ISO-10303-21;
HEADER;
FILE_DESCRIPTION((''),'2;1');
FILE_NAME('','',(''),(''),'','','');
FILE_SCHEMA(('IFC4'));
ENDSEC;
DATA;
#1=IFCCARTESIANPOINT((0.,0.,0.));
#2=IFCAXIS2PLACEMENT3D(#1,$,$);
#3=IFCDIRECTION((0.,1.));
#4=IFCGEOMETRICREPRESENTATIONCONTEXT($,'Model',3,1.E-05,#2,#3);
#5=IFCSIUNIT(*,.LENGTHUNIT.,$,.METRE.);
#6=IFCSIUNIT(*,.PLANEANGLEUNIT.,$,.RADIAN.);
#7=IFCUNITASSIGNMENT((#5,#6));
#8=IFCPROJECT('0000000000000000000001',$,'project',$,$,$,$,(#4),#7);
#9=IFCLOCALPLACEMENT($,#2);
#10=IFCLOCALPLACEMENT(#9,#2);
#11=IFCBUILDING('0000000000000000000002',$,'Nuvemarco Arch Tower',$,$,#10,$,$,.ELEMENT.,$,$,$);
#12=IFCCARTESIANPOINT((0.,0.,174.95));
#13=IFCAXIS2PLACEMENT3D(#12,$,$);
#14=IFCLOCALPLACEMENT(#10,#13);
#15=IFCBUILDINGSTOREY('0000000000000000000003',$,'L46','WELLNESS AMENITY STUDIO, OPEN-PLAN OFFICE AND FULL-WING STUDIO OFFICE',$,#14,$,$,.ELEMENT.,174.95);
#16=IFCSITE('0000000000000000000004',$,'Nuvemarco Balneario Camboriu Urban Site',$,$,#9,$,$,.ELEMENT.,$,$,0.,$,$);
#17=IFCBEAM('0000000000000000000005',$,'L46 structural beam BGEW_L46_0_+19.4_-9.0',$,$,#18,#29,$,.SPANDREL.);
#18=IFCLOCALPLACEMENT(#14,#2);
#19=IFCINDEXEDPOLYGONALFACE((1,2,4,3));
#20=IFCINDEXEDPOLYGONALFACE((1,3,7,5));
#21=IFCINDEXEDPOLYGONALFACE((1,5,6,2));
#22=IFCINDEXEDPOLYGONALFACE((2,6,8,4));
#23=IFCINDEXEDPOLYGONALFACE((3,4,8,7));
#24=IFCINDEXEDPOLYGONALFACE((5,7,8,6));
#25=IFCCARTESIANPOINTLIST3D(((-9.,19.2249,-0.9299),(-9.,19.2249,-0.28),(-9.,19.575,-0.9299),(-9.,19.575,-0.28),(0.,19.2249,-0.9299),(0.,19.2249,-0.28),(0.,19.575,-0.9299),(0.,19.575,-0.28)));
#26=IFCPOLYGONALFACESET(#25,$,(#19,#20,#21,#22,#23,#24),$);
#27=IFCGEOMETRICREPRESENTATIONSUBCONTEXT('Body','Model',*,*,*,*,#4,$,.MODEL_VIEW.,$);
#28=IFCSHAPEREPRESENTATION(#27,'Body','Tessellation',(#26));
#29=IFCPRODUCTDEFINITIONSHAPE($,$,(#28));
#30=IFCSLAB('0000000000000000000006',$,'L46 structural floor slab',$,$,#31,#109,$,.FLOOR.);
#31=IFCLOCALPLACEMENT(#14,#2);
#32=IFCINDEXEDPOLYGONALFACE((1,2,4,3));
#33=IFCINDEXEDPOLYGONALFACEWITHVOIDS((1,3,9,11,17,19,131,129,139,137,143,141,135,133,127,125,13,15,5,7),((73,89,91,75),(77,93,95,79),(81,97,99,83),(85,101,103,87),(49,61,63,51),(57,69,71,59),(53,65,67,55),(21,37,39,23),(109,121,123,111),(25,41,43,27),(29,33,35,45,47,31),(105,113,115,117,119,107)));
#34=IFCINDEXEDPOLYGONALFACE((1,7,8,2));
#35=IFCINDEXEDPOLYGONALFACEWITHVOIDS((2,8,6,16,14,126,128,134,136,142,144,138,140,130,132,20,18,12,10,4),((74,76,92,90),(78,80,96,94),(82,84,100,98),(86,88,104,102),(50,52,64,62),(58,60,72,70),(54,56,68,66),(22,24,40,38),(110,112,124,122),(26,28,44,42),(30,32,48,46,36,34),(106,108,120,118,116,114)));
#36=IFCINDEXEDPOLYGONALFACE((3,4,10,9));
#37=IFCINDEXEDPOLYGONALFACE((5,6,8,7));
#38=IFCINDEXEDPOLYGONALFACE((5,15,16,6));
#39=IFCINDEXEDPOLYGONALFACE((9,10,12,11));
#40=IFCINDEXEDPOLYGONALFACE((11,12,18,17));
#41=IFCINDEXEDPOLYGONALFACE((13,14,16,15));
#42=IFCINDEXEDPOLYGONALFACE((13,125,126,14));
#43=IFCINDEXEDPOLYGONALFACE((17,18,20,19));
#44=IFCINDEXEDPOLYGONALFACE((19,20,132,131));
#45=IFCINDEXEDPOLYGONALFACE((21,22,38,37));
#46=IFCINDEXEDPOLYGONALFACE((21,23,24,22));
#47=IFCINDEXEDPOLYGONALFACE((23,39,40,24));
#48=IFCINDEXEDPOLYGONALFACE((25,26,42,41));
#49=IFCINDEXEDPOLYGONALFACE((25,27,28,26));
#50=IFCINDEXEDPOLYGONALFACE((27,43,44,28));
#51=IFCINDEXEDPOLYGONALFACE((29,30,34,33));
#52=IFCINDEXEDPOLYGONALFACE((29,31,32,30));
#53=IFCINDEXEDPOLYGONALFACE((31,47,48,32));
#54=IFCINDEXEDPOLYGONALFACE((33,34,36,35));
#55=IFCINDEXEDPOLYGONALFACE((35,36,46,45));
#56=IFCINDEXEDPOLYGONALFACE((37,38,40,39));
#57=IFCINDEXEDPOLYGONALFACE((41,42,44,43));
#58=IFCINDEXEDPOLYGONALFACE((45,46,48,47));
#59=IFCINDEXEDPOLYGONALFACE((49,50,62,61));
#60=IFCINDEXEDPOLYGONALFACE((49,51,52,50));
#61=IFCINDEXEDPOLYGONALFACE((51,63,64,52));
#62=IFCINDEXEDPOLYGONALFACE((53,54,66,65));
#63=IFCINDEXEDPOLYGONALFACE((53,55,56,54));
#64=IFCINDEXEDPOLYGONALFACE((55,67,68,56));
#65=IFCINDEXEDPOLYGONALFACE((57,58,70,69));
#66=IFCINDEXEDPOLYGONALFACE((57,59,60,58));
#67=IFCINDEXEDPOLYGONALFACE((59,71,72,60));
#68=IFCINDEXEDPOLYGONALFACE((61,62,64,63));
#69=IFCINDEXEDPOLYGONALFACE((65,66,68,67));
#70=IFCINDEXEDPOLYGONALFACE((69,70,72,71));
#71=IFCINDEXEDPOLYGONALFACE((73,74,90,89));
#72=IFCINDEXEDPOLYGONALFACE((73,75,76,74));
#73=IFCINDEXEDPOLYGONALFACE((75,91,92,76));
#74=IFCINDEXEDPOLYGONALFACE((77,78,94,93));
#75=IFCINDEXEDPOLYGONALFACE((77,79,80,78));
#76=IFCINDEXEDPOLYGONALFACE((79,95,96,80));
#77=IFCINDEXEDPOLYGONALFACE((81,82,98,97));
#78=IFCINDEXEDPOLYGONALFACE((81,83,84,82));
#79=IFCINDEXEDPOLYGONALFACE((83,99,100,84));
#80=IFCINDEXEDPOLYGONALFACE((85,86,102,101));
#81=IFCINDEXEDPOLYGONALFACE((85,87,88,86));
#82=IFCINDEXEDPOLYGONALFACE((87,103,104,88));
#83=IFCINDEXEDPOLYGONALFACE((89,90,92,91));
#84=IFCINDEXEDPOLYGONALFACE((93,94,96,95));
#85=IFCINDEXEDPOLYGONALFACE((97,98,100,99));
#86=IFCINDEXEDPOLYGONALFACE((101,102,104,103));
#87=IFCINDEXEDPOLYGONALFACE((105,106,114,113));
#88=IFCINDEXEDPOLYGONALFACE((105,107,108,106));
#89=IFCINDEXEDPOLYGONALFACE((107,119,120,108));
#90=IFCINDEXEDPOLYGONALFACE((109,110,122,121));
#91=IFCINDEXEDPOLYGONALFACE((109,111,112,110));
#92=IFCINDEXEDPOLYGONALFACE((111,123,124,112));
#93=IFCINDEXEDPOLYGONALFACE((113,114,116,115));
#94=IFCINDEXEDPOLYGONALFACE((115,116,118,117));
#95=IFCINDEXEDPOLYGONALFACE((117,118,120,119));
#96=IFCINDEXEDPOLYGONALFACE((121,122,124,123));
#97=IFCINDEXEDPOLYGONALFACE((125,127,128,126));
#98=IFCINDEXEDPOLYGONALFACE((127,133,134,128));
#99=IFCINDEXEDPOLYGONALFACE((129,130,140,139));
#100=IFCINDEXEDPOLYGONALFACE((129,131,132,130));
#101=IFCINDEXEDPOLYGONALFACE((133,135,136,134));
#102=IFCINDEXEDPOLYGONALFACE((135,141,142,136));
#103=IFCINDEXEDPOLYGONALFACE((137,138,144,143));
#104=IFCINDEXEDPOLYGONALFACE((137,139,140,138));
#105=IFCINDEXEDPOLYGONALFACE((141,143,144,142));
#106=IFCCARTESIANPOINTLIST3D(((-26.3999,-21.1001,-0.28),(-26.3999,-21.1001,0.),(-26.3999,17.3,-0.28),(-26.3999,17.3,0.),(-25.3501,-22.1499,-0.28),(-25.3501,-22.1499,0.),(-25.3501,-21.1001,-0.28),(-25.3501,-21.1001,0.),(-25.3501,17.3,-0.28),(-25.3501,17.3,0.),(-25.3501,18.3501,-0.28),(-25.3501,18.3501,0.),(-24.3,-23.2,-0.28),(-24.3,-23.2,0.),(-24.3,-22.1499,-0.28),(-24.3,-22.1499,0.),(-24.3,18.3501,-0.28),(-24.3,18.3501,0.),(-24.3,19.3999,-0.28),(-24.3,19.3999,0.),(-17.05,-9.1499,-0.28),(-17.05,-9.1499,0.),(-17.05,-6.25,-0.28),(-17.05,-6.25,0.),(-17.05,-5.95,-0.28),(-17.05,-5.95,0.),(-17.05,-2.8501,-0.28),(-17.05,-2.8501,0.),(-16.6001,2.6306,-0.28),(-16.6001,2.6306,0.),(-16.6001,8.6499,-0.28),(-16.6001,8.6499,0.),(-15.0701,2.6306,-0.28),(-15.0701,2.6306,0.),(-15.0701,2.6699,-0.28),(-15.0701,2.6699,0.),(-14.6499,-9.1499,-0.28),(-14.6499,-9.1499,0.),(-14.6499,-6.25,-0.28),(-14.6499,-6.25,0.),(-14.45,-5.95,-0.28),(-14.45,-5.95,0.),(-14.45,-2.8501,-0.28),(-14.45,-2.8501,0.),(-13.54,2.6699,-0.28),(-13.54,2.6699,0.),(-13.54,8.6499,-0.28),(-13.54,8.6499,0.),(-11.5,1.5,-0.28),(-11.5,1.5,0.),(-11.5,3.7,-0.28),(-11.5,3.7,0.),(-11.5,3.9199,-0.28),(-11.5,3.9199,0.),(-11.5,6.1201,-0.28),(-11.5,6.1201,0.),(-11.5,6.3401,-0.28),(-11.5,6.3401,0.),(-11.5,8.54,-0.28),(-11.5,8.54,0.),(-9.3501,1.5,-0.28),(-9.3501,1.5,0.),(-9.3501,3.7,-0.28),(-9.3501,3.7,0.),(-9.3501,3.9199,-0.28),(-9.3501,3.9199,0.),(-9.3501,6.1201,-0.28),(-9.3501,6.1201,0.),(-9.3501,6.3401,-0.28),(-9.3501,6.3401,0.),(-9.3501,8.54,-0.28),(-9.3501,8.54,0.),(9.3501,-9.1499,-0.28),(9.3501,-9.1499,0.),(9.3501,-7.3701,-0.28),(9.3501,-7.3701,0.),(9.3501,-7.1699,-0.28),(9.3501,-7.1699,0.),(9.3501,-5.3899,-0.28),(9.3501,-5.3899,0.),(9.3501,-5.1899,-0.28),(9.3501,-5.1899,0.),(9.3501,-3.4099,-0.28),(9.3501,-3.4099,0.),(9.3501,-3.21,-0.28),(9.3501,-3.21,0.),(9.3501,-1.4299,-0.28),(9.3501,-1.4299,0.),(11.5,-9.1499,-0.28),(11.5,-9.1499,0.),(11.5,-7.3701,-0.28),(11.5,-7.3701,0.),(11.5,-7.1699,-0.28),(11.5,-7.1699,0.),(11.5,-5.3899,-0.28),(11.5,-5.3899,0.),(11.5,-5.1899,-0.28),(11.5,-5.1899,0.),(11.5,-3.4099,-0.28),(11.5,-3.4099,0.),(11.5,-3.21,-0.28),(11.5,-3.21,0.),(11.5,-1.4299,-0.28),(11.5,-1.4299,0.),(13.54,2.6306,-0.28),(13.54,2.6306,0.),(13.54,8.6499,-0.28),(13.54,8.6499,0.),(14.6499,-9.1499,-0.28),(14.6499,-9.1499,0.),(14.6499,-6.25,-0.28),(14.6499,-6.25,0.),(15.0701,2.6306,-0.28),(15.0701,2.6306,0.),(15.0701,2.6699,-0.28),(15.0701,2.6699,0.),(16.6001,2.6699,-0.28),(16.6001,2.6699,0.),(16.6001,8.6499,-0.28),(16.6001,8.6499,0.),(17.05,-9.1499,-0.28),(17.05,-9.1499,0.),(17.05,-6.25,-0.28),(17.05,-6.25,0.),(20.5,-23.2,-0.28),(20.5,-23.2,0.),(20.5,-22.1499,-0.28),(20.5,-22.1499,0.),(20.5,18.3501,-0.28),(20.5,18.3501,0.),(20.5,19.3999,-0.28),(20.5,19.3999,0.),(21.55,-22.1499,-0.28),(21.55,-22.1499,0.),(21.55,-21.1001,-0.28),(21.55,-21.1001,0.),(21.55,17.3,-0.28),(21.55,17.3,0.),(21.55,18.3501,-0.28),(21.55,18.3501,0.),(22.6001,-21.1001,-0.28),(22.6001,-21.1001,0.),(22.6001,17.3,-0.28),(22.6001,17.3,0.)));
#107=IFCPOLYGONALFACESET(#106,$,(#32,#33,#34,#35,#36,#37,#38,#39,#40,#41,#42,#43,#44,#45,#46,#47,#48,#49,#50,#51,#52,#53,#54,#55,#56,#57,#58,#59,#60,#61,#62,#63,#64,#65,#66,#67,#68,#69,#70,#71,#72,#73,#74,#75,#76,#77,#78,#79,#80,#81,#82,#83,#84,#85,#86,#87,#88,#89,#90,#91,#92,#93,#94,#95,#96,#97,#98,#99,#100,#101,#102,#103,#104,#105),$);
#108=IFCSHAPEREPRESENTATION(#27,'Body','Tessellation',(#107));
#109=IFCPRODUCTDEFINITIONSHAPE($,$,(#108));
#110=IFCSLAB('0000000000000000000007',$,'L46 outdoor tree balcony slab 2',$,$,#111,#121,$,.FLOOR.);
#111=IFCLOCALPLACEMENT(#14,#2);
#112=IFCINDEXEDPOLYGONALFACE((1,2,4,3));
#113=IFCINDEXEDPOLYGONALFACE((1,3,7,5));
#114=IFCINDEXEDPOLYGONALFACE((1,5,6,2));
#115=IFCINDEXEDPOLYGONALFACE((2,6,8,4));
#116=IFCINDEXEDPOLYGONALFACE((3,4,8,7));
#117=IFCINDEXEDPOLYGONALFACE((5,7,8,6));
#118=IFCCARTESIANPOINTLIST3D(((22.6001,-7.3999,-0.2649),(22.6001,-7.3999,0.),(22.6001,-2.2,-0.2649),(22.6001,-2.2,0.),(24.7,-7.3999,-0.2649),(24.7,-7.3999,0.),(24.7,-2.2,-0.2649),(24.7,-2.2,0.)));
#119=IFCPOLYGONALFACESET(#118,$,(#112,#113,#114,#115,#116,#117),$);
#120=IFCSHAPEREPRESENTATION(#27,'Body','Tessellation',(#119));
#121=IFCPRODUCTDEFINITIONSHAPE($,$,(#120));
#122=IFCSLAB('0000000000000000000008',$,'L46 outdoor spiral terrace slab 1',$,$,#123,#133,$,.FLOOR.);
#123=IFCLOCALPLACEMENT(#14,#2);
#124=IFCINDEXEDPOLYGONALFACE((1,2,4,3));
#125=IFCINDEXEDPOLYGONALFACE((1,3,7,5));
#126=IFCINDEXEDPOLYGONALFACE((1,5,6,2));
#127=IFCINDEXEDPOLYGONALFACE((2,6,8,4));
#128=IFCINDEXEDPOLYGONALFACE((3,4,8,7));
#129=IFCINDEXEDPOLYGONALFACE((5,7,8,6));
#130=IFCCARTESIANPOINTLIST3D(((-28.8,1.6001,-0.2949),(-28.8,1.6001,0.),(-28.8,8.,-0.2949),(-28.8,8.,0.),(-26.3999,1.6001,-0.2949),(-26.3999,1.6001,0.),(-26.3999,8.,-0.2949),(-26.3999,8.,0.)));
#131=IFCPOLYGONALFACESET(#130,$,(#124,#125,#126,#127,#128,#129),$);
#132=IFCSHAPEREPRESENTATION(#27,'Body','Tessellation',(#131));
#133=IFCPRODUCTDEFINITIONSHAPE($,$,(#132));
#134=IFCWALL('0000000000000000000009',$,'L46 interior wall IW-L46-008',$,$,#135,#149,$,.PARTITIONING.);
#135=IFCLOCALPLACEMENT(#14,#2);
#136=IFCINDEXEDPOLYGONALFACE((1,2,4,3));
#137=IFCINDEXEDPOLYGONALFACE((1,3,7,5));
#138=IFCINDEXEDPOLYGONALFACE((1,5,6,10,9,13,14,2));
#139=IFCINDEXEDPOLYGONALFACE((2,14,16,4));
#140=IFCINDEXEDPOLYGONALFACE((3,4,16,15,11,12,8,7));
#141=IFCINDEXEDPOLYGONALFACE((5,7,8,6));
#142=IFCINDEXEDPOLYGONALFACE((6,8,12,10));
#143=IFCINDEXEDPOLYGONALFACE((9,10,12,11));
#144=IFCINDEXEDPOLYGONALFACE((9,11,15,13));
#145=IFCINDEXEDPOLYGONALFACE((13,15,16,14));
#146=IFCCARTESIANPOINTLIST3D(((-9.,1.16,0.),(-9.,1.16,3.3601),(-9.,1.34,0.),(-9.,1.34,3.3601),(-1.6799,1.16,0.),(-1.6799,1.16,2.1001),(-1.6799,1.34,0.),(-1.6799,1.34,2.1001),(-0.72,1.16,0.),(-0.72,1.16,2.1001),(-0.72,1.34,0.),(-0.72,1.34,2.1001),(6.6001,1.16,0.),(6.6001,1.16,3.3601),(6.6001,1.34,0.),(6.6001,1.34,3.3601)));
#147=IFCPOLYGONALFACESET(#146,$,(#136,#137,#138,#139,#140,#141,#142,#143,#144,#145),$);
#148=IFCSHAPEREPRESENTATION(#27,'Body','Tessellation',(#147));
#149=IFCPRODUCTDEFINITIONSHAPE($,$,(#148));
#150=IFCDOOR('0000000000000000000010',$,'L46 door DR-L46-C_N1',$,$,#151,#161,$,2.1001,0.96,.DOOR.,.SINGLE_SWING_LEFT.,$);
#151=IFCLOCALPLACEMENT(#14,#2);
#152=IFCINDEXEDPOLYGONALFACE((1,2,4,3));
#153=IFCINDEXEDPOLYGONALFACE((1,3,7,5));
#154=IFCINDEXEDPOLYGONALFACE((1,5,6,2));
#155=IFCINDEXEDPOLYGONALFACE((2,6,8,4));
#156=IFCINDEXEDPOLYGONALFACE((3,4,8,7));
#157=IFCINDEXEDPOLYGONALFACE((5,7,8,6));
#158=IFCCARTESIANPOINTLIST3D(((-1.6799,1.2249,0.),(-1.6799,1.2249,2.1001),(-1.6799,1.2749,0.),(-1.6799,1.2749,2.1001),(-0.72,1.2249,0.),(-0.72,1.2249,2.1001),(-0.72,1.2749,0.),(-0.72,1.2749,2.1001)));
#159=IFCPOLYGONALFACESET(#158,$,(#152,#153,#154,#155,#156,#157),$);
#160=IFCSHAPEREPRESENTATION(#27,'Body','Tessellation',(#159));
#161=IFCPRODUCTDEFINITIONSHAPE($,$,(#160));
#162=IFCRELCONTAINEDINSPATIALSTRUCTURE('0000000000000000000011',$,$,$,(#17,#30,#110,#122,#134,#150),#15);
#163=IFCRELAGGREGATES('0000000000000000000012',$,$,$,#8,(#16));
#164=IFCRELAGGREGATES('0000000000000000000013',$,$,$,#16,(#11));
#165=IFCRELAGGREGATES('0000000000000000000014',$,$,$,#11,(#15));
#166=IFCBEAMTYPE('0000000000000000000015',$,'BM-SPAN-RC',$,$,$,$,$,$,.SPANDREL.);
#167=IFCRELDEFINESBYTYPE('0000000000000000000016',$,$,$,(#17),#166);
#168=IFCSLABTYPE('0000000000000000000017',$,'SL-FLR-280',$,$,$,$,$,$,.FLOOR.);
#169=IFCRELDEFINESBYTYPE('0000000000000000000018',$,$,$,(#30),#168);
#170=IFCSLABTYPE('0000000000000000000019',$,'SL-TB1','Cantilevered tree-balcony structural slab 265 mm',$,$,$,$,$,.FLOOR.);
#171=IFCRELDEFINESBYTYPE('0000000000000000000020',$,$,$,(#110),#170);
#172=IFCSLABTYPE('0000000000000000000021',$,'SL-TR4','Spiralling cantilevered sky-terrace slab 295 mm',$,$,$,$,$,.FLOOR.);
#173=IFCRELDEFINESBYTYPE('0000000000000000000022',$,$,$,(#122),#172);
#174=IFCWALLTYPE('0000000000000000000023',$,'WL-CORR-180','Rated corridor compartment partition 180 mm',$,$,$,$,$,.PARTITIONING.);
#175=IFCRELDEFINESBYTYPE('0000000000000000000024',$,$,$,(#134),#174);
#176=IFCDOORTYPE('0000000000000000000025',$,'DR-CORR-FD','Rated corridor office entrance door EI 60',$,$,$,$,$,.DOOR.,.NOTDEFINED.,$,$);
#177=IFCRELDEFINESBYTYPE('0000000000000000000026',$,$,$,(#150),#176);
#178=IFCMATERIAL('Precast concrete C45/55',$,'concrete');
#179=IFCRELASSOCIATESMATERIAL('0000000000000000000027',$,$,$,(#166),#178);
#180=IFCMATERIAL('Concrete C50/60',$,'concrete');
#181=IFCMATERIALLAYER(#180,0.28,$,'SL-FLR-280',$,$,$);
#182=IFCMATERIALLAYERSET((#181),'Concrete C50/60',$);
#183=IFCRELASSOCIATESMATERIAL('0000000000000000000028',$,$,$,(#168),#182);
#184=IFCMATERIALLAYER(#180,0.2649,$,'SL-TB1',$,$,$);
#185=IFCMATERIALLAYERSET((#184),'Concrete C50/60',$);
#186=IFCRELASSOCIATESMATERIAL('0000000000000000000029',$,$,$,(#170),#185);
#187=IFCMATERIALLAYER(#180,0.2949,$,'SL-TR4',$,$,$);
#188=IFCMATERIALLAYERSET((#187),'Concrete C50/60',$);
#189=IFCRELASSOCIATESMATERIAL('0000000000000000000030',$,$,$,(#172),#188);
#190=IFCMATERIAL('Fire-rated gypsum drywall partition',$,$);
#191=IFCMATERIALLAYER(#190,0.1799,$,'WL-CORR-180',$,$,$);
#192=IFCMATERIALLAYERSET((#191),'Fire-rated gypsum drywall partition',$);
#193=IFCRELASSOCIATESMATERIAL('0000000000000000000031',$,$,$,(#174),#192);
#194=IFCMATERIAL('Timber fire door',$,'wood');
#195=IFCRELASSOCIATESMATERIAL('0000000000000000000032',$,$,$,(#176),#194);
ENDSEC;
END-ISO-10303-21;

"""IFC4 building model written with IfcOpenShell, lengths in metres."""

from ifc_helpers import new_model, si_unit, direction, frame, frame_2d, origin, origin_2d, place, context, subcontext, project, spatial, polyline, rectangle, outline, extrude, source, transform, mapped, material, layer, layer_set, material_profile, profile_set, type_object, type_shapes, element, fill, save


model = new_model("IFC4")

# Units and contexts
model_context = context("Model", 3, precision=1e-05, world=origin(), true_north=direction((0.0, 1.0)))
body_context = subcontext(model_context, "Body", "Model", "MODEL_VIEW")
ifc_project = project(units=[si_unit("LENGTHUNIT", "METRE"), si_unit("PLANEANGLEUNIT", "RADIAN")], contexts=[model_context])

# Site, building, storey
site_placement = place(None, origin())
site = spatial("IfcSite", under=ifc_project, at=site_placement, Name="Nuvemarco Balneario Camboriu Urban Site", CompositionType="ELEMENT", RefElevation=0.0)
building_placement = place(site_placement, origin())
building = spatial("IfcBuilding", under=site, at=building_placement, Name="Nuvemarco Arch Tower", CompositionType="ELEMENT")
storey_placement = place(building_placement, frame((0.0, 0.0, 174.95)))
storey = spatial("IfcBuildingStorey", under=building, at=storey_placement, Name="L46", Description="WELLNESS AMENITY STUDIO, OPEN-PLAN OFFICE AND FULL-WING STUDIO OFFICE", CompositionType="ELEMENT", Elevation=174.95)

# Shared definitions
ifc_material_1 = material(Name="Concrete C50/60", Category="concrete")

# Beam
ifc_material_2 = material(Name="Precast concrete C45/55", Category="concrete")
ifc_material_profile_1 = material_profile(ifc_material_2, rectangle(XDim=0.3501, YDim=0.6499, at=origin_2d()), Name="PC-SP-350x650")
ifc_profile_set_1 = profile_set([ifc_material_profile_1], Name="Precast concrete C45/55")
beam_type_1 = type_object("IfcBeamType", Name="BM-SPAN-RC", PredefinedType="SPANDREL", material=ifc_profile_set_1)
beam_1_placement = place(storey_placement, frame((-9.0, 19.3999, -0.605), z_axis=(1.0, 0.0, 0.0), x_axis=(0.0, 1.0, 0.0)))
element("IfcBeam", 1, at=beam_1_placement, inside=storey, type_object=beam_type_1, Name="L46 structural beam BGEW_L46_0_+19.4_-9.0", PredefinedType="SPANDREL", context=body_context, shape_type="SweptSolid", body=[
    extrude(rectangle(XDim=0.3501, YDim=0.6499, at=origin_2d()), origin(), (0.0, 0.0, 1.0), 9.0),
])

# Slabs
ifc_layer_1 = layer(ifc_material_1, 0.28, Name="SL-FLR-280")
ifc_layer_set_1 = layer_set([ifc_layer_1], Name="Concrete C50/60")
slab_type_1 = type_object("IfcSlabType", Name="SL-FLR-280", PredefinedType="FLOOR", material=ifc_layer_set_1)
slab_1_placement = place(storey_placement, frame((0.0, 0.0, -0.28)))
element("IfcSlab", 2, at=slab_1_placement, inside=storey, type_object=slab_type_1, Name="L46 structural floor slab", PredefinedType="FLOOR", context=body_context, shape_type="SweptSolid", body=[
    extrude(outline(polyline([(-24.3, -23.2), (20.5, -23.2), (20.5, -22.1499), (21.55, -22.1499), (21.55, -21.1001), (22.6001, -21.1001), (22.6001, 17.3), (21.55, 17.3), (21.55, 18.3501), (20.5, 18.3501), (20.5, 19.3999), (-24.3, 19.3999), (-24.3, 18.3501), (-25.3501, 18.3501), (-25.3501, 17.3), (-26.3999, 17.3), (-26.3999, -21.1001), (-25.3501, -21.1001), (-25.3501, -22.1499), (-24.3, -22.1499), (-24.3, -23.2)]), holes=[polyline([(-13.54, 2.6699), (-13.54, 8.6499), (-16.6001, 8.6499), (-16.6001, 2.6306), (-15.0701, 2.6306), (-15.0701, 2.6699), (-13.54, 2.6699)]), polyline([(16.6001, 2.6699), (16.6001, 8.6499), (13.54, 8.6499), (13.54, 2.6306), (15.0701, 2.6306), (15.0701, 2.6699), (16.6001, 2.6699)]), polyline([(-17.05, -9.1499), (-14.6499, -9.1499), (-14.6499, -6.25), (-17.05, -6.25), (-17.05, -9.1499)]), polyline([(-17.05, -5.95), (-14.45, -5.95), (-14.45, -2.8501), (-17.05, -2.8501), (-17.05, -5.95)]), polyline([(-11.5, 1.5), (-9.3501, 1.5), (-9.3501, 3.7), (-11.5, 3.7), (-11.5, 1.5)]), polyline([(-11.5, 3.9199), (-9.3501, 3.9199), (-9.3501, 6.1201), (-11.5, 6.1201), (-11.5, 3.9199)]), polyline([(-11.5, 6.3401), (-9.3501, 6.3401), (-9.3501, 8.54), (-11.5, 8.54), (-11.5, 6.3401)]), polyline([(14.6499, -9.1499), (17.05, -9.1499), (17.05, -6.25), (14.6499, -6.25), (14.6499, -9.1499)]), polyline([(9.3501, -9.1499), (11.5, -9.1499), (11.5, -7.3701), (9.3501, -7.3701), (9.3501, -9.1499)]), polyline([(9.3501, -7.1699), (11.5, -7.1699), (11.5, -5.3899), (9.3501, -5.3899), (9.3501, -7.1699)]), polyline([(9.3501, -5.1899), (11.5, -5.1899), (11.5, -3.4099), (9.3501, -3.4099), (9.3501, -5.1899)]), polyline([(9.3501, -3.21), (11.5, -3.21), (11.5, -1.4299), (9.3501, -1.4299), (9.3501, -3.21)])]), origin(), (0.0, 0.0, 1.0), 0.28),
])
ifc_layer_2 = layer(ifc_material_1, 0.2649, Name="SL-TB1")
ifc_layer_set_2 = layer_set([ifc_layer_2], Name="Concrete C50/60")
slab_type_2 = type_object("IfcSlabType", Name="SL-TB1", Description="Cantilevered tree-balcony structural slab 265 mm", PredefinedType="FLOOR", material=ifc_layer_set_2)
slab_2_placement = place(storey_placement, frame((0.0, 0.0, -0.2649)))
element("IfcSlab", 3, at=slab_2_placement, inside=storey, type_object=slab_type_2, Name="L46 outdoor tree balcony slab 2", PredefinedType="FLOOR", context=body_context, shape_type="SweptSolid", body=[
    extrude(outline(polyline([(22.6001, -7.3999), (24.7, -7.3999), (24.7, -2.2), (22.6001, -2.2), (22.6001, -7.3999)])), origin(), (0.0, 0.0, 1.0), 0.2649),
])
ifc_layer_3 = layer(ifc_material_1, 0.2949, Name="SL-TR4")
ifc_layer_set_3 = layer_set([ifc_layer_3], Name="Concrete C50/60")
slab_type_3 = type_object("IfcSlabType", Name="SL-TR4", Description="Spiralling cantilevered sky-terrace slab 295 mm", PredefinedType="FLOOR", material=ifc_layer_set_3)
slab_3_placement = place(storey_placement, frame((0.0, 0.0, -0.2949)))
element("IfcSlab", 4, at=slab_3_placement, inside=storey, type_object=slab_type_3, Name="L46 outdoor spiral terrace slab 1", PredefinedType="FLOOR", context=body_context, shape_type="SweptSolid", body=[
    extrude(outline(polyline([(-28.8, 1.6001), (-26.3999, 1.6001), (-26.3999, 8.0), (-28.8, 8.0), (-28.8, 1.6001)])), origin(), (0.0, 0.0, 1.0), 0.2949),
])

# Wall, opening, door
ifc_material_3 = material(Name="Fire-rated gypsum drywall partition")
ifc_layer_4 = layer(ifc_material_3, 0.1799, Name="WL-CORR-180")
ifc_layer_set_4 = layer_set([ifc_layer_4], Name="Fire-rated gypsum drywall partition")
wall_type_1 = type_object("IfcWallType", Name="WL-CORR-180", Description="Rated corridor compartment partition 180 mm", PredefinedType="PARTITIONING", material=ifc_layer_set_4)
wall_1_placement = place(storey_placement, frame((-9.0, 1.25, 0.0), z_axis=(0.0, 0.0, 1.0), x_axis=(1.0, 0.0, 0.0)))
wall_1 = element("IfcWall", 5, at=wall_1_placement, inside=storey, type_object=wall_type_1, Name="L46 interior wall IW-L46-008", PredefinedType="PARTITIONING", context=body_context, shape_type="SweptSolid", body=[
    extrude(rectangle(XDim=15.6001, YDim=0.1799, at=frame_2d((7.8, 0.0))), origin(), (0.0, 0.0, 1.0), 3.3601),
])
opening_1_placement = place(wall_1_placement, frame((7.3201, 0.0, 0.0)))
opening_1 = element("IfcOpeningElement", 6, at=opening_1_placement, cuts=wall_1, PredefinedType="OPENING", context=body_context, shape_type="SweptSolid", body=[
    extrude(rectangle(XDim=0.96, YDim=2.1001, at=frame_2d((0.48, 1.05))), frame((0.0, 0.0999, 0.0), z_axis=(0.0, -1.0, 0.0), x_axis=(1.0, 0.0, 0.0)), (0.0, 0.0, 1.0), 0.2),
])
ifc_material_4 = material(Name="Timber fire door", Category="wood")
door_type_1 = type_object("IfcDoorType", Name="DR-CORR-FD", Description="Rated corridor office entrance door EI 60", OperationType="NOTDEFINED", PredefinedType="DOOR", material=ifc_material_4)
shared_shape_1 = source(origin(), body_context, "Body", "SweptSolid", [
    extrude(rectangle(XDim=0.96, YDim=2.1001, at=frame_2d((0.48, 1.05))), frame((0.0, 0.0249, 0.0), z_axis=(0.0, -1.0, 0.0), x_axis=(1.0, 0.0, 0.0)), (0.0, 0.0, 1.0), 0.05),
])
type_shapes(door_type_1, [shared_shape_1])
door_1_placement = place(opening_1_placement, origin())
door_1 = element("IfcDoor", 7, at=door_1_placement, inside=storey, type_object=door_type_1, Name="L46 door DR-L46-C_N1", OperationType="SINGLE_SWING_LEFT", OverallHeight=2.1001, OverallWidth=0.96, PredefinedType="DOOR", context=body_context, shape_type="MappedRepresentation", body=[
    mapped(shared_shape_1, transform((0.0, 0.0, 0.0), scale=1.0)),
])
fill(opening_1, door_1)

save(model, "model.ifc")
